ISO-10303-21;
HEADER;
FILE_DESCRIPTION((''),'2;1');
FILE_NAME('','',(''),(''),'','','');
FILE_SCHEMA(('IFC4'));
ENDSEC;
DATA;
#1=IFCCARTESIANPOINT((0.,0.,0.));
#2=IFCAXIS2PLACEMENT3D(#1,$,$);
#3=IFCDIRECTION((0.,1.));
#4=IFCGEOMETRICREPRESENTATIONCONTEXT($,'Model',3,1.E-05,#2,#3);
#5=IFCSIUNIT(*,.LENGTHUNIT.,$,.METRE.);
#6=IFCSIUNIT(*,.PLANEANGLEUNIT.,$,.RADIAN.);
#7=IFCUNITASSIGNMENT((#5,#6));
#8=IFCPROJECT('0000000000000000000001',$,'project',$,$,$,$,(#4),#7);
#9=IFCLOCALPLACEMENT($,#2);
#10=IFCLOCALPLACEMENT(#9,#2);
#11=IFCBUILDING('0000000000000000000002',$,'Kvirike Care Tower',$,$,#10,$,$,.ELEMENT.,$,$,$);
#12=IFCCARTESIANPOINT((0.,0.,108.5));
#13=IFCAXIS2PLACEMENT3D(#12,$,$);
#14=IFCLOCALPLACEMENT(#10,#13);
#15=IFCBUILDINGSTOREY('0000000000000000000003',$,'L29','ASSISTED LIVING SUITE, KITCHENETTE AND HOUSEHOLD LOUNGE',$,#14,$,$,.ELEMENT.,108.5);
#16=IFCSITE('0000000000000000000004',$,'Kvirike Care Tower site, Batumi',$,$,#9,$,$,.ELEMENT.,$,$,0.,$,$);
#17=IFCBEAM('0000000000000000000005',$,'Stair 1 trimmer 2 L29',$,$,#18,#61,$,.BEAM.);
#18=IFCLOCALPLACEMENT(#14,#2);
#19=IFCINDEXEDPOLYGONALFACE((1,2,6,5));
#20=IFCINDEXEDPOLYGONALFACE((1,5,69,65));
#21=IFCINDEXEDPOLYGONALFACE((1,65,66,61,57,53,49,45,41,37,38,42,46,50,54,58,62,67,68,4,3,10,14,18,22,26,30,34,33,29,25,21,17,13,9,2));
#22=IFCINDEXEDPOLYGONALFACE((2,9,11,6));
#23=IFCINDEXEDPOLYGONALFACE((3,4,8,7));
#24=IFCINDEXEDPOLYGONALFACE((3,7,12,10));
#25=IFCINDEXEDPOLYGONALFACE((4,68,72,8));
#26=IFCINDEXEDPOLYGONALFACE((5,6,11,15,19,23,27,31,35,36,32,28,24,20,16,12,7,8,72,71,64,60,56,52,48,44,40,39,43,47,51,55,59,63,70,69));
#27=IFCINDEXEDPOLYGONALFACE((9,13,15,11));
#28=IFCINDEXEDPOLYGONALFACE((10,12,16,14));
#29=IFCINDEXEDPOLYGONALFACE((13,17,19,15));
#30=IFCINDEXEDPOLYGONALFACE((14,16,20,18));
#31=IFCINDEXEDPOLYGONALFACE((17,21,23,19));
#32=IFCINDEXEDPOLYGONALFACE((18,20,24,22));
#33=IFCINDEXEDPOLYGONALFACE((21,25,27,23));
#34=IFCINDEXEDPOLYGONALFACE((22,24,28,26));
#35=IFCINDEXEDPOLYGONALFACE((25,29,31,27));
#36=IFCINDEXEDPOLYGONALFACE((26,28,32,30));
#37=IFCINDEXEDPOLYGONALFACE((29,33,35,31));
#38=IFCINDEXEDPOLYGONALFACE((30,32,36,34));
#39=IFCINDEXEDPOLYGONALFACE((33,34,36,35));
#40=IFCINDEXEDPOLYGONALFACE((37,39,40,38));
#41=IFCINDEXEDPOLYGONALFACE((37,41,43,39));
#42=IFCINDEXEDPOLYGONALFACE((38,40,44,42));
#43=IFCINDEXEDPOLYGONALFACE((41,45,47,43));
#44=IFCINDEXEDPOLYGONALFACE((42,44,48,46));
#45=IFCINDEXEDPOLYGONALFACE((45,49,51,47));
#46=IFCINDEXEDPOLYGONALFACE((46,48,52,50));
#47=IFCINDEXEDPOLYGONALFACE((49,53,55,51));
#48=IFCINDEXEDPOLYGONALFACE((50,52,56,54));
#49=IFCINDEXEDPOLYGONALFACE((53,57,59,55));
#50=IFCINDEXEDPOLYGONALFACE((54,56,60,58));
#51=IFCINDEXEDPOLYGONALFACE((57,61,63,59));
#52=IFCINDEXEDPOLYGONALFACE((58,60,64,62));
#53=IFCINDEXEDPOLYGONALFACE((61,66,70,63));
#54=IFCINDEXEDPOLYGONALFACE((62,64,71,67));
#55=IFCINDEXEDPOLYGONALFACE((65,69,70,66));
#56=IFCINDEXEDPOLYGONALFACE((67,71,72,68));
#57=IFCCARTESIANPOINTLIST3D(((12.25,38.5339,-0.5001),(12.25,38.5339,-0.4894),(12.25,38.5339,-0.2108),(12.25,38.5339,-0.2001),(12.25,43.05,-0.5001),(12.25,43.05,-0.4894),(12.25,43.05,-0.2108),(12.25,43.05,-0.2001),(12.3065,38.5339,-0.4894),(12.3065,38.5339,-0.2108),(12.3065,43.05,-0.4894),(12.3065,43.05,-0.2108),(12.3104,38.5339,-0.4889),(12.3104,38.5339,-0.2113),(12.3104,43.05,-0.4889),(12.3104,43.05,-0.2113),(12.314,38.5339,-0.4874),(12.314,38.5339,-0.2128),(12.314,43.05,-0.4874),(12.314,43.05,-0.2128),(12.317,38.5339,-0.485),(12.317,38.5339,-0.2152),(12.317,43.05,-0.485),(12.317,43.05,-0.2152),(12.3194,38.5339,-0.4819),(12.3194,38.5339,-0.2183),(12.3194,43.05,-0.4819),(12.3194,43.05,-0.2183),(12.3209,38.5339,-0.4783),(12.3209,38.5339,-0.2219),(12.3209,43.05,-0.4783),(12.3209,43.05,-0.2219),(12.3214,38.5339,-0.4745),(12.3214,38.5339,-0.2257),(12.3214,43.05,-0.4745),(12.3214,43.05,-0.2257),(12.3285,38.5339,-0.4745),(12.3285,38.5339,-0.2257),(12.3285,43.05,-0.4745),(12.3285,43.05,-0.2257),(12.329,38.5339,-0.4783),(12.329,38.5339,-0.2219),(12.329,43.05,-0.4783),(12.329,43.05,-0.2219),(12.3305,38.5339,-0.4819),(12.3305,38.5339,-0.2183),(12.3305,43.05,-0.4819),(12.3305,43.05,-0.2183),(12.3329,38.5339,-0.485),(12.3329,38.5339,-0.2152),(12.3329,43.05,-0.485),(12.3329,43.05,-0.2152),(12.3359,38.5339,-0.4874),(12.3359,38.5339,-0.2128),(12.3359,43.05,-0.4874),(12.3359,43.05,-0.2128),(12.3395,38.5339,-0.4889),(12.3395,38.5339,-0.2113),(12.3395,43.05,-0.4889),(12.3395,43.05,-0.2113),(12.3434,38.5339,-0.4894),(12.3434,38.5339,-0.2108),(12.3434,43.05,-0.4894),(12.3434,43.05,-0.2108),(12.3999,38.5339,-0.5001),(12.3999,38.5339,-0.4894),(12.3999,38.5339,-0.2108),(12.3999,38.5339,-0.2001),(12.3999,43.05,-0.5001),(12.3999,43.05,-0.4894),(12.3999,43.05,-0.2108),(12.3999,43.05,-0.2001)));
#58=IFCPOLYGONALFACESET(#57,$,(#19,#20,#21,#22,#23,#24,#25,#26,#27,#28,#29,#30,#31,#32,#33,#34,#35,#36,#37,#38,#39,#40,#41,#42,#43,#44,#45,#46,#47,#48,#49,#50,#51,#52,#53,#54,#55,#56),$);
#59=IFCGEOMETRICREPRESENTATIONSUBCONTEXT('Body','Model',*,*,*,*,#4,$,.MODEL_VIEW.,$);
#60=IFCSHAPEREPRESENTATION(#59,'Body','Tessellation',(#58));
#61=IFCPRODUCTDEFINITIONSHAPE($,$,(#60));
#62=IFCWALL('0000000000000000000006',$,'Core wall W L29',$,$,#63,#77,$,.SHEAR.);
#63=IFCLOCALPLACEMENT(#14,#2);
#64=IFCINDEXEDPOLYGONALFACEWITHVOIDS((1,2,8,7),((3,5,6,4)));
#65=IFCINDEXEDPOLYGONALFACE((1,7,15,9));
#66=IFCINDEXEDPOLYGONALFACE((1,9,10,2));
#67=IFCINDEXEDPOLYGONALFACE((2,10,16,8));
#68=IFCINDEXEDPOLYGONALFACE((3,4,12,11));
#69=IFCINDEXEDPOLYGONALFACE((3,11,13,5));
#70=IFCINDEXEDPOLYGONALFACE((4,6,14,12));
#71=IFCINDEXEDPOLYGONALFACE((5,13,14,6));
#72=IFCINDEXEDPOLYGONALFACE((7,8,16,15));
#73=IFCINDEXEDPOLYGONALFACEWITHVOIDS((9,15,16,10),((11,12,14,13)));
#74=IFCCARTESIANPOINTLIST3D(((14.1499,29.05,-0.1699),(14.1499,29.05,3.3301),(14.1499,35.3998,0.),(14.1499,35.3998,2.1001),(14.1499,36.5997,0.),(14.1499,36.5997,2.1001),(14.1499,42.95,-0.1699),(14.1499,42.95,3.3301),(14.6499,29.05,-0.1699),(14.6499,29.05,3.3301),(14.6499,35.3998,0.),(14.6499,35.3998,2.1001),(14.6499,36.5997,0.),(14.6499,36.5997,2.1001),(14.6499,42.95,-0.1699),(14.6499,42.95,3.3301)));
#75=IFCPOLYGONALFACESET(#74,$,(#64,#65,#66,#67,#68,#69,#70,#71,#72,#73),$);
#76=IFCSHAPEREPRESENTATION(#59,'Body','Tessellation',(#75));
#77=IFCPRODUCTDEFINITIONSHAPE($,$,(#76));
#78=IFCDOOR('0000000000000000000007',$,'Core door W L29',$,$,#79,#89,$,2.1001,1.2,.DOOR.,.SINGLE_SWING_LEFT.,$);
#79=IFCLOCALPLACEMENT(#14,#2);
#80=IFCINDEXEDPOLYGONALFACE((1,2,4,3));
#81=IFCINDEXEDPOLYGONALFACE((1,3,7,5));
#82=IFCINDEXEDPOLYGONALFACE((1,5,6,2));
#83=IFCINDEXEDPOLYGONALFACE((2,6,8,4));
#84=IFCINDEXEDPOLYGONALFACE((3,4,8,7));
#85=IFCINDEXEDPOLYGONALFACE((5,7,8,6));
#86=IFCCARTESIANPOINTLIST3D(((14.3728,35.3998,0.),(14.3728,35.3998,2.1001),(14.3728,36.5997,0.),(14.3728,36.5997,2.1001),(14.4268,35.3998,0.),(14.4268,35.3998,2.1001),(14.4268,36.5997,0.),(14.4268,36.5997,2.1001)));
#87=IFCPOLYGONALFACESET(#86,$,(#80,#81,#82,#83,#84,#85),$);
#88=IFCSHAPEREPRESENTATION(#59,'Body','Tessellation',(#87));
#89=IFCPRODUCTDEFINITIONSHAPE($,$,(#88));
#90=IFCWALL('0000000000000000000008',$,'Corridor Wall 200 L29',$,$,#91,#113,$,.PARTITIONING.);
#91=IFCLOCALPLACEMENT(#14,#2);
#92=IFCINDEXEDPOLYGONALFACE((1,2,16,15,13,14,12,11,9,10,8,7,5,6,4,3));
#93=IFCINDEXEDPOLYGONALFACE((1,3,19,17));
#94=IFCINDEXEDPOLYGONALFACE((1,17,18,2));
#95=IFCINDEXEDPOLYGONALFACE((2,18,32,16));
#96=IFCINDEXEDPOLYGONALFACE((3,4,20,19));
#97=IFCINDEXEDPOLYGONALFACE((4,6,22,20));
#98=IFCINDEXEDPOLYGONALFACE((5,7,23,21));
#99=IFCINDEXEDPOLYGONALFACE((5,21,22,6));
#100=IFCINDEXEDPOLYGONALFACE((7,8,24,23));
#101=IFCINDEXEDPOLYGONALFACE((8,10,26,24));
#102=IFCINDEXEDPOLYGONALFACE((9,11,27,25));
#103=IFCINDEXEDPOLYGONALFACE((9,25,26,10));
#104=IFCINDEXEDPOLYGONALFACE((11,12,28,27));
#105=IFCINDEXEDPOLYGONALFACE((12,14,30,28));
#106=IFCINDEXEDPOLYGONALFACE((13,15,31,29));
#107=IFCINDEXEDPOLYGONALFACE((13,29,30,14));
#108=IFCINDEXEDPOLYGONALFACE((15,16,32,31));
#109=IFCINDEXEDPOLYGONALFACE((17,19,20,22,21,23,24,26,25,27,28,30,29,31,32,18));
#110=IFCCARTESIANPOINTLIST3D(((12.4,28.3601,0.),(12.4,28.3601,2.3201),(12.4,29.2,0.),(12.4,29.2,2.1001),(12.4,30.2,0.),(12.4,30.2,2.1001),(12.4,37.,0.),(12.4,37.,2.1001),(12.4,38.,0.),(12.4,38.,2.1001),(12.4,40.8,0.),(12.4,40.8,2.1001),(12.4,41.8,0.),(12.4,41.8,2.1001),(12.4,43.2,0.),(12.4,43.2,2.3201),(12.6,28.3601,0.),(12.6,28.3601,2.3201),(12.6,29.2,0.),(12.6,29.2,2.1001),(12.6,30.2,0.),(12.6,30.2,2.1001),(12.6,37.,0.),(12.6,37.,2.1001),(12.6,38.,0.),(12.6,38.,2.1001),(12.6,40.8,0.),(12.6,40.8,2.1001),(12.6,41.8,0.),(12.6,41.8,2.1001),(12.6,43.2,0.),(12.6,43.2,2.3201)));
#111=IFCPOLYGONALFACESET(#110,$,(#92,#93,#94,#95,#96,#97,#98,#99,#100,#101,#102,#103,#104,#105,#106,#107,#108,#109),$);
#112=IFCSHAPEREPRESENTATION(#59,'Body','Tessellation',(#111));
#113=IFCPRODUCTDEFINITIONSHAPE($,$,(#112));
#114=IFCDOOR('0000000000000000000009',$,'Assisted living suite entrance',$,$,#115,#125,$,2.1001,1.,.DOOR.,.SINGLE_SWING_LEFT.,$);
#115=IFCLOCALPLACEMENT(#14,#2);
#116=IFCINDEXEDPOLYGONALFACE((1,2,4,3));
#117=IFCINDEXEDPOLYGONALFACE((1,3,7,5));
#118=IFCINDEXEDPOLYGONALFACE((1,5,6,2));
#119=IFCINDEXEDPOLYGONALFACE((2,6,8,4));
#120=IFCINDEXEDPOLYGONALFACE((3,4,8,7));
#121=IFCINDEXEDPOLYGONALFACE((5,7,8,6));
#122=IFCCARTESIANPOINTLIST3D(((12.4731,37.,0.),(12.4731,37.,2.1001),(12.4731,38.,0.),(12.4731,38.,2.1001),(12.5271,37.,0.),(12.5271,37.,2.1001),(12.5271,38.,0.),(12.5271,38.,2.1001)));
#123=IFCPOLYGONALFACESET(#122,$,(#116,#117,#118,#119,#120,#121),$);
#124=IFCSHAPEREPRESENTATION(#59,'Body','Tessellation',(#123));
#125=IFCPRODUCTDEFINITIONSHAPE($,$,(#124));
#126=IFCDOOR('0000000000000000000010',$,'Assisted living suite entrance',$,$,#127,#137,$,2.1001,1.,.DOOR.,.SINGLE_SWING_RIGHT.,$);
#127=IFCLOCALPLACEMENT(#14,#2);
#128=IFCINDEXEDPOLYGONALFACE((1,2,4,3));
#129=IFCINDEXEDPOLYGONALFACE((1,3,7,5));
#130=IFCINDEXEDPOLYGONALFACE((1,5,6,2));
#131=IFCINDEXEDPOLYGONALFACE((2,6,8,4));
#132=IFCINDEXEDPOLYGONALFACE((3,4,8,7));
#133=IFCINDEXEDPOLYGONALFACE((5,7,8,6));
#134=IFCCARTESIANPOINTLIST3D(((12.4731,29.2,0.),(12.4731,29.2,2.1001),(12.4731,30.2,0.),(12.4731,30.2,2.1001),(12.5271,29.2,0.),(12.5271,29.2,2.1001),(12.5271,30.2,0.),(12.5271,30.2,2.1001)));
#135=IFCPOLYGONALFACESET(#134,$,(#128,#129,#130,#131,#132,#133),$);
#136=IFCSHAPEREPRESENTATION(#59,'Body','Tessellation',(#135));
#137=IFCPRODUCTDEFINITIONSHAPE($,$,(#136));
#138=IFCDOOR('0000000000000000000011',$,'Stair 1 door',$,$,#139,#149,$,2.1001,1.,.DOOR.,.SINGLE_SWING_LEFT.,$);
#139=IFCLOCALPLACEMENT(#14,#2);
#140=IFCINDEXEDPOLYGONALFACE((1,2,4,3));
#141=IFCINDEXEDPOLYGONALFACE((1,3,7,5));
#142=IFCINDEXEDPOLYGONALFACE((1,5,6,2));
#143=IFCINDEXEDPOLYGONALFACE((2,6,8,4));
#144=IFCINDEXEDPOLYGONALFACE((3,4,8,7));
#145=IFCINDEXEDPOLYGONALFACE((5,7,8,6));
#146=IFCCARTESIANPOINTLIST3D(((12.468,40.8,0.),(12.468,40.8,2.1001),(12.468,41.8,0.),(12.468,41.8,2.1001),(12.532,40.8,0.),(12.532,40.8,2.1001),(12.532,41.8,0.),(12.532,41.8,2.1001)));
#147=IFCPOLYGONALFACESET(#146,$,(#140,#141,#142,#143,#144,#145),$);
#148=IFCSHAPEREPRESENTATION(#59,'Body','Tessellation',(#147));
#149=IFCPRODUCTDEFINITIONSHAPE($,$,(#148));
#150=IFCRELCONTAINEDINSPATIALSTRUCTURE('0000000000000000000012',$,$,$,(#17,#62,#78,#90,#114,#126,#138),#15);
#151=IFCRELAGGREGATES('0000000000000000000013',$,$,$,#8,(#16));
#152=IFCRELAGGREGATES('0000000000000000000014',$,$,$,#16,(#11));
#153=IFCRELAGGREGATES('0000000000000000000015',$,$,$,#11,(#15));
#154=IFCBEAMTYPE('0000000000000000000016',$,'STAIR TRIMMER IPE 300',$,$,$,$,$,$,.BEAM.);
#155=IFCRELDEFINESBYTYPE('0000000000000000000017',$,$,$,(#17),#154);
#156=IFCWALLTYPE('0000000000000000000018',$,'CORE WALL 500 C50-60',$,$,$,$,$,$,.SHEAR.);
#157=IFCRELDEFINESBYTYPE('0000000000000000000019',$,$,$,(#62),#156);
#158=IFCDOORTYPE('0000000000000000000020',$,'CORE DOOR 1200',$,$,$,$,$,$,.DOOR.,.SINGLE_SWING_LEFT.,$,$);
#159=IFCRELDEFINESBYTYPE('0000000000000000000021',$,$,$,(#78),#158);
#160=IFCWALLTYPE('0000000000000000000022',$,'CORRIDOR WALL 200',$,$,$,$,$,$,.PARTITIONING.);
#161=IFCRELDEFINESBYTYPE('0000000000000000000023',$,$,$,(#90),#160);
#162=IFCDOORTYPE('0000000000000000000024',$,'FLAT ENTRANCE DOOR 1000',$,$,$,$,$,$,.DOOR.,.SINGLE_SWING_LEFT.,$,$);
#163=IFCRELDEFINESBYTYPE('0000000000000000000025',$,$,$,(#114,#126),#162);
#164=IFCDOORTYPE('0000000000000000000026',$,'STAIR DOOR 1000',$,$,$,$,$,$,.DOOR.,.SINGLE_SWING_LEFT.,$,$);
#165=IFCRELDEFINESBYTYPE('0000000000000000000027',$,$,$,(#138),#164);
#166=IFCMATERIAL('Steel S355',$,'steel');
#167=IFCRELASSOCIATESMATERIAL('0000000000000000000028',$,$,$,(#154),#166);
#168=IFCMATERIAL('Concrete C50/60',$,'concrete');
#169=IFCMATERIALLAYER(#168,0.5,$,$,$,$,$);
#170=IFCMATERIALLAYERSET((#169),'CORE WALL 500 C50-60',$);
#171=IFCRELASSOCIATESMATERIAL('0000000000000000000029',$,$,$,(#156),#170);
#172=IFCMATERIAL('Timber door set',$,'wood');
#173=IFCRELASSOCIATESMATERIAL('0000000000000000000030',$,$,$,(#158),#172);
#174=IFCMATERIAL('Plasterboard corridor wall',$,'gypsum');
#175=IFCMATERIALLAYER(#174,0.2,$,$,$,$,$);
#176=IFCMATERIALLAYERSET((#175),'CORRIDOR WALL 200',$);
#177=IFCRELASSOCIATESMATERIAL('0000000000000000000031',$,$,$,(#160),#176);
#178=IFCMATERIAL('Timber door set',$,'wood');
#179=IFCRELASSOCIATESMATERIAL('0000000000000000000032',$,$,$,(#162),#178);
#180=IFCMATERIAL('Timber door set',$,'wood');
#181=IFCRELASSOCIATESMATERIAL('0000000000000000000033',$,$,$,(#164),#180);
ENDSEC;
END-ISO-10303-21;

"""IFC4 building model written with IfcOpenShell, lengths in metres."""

from ifc_helpers import new_model, si_unit, direction, frame, frame_2d, origin, origin_2d, place, context, subcontext, project, spatial, rectangle, i_section, extrude, material, layer, layer_set, material_profile, profile_set, type_object, element, fill, save


model = new_model("IFC4")

# Units and contexts
model_context = context("Model", 3, precision=1e-05, world=origin(), true_north=direction((0.0, 1.0)))
body_context = subcontext(model_context, "Body", "Model", "MODEL_VIEW")
ifc_project = project(units=[si_unit("LENGTHUNIT", "METRE"), si_unit("PLANEANGLEUNIT", "RADIAN")], contexts=[model_context])

# Site, building, storey
site_placement = place(None, origin())
site = spatial("IfcSite", under=ifc_project, at=site_placement, Name="Kvirike Care Tower site, Batumi", CompositionType="ELEMENT", RefElevation=0.0)
building_placement = place(site_placement, origin())
building = spatial("IfcBuilding", under=site, at=building_placement, Name="Kvirike Care Tower", CompositionType="ELEMENT")
storey_placement = place(building_placement, frame((0.0, 0.0, 108.5)))
storey = spatial("IfcBuildingStorey", under=building, at=storey_placement, Name="L29", Description="ASSISTED LIVING SUITE, KITCHENETTE AND HOUSEHOLD LOUNGE", CompositionType="ELEMENT", Elevation=108.5)

# Beam
ifc_material_1 = material(Name="Steel S355", Category="steel")
ifc_material_profile_1 = material_profile(ifc_material_1, i_section(OverallWidth=0.1499, OverallDepth=0.3, WebThickness=0.0071, FlangeThickness=0.0107, FilletRadius=0.0149, at=origin_2d()), Name="IPE 300")
ifc_profile_set_1 = profile_set([ifc_material_profile_1], Name="Steel S355")
beam_type_1 = type_object("IfcBeamType", Name="STAIR TRIMMER IPE 300", PredefinedType="BEAM", material=ifc_profile_set_1)
for number, where, z_axis, x_axis, name in (
    (1, (12.325, 43.05, -0.3501), (0.0, -1.0, 0.0), (1.0, 0.0, 0.0), "Stair 1 trimmer 2 L29"),
):
    element("IfcBeam", number, at=place(storey_placement, frame(where, z_axis=z_axis, x_axis=x_axis)), inside=storey, type_object=beam_type_1, Name=name, PredefinedType="BEAM", context=body_context, shape_type="SweptSolid", body=[
        extrude(i_section(OverallWidth=0.1499, OverallDepth=0.3, WebThickness=0.0071, FlangeThickness=0.0107, FilletRadius=0.0149, at=origin_2d()), origin(), (0.0, 0.0, 1.0), 4.5161),
    ])

# Wall, opening, door
ifc_material_2 = material(Name="Concrete C50/60", Category="concrete")
ifc_layer_1 = layer(ifc_material_2, 0.5)
ifc_layer_set_1 = layer_set([ifc_layer_1], Name="CORE WALL 500 C50-60")
wall_type_1 = type_object("IfcWallType", Name="CORE WALL 500 C50-60", PredefinedType="SHEAR", material=ifc_layer_set_1)
wall_1_placement = place(storey_placement, frame((14.3999, 42.95, -0.1699), z_axis=(0.0, 0.0, 1.0), x_axis=(0.0, -1.0, 0.0)))
wall_1 = element("IfcWall", 2, at=wall_1_placement, inside=storey, type_object=wall_type_1, Name="Core wall W L29", PredefinedType="SHEAR", context=body_context, shape_type="SweptSolid", body=[
    extrude(rectangle(XDim=13.8999, YDim=0.5, at=frame_2d((6.95, 0.0))), origin(), (0.0, 0.0, 1.0), 3.5),
])
opening_1_placement = place(wall_1_placement, frame((6.3501, 0.0, 0.1699)))
opening_1 = element("IfcOpeningElement", 3, at=opening_1_placement, cuts=wall_1, PredefinedType="OPENING", context=body_context, shape_type="SweptSolid", body=[
    extrude(rectangle(XDim=1.2, YDim=2.1001, at=frame_2d((0.6001, 1.05))), frame((0.0, 0.2605, 0.0), z_axis=(0.0, -1.0, 0.0), x_axis=(1.0, 0.0, 0.0)), (0.0, 0.0, 1.0), 0.521),
])
ifc_material_3 = material(Name="Timber door set", Category="wood")
door_type_1 = type_object("IfcDoorType", Name="CORE DOOR 1200", OperationType="SINGLE_SWING_LEFT", PredefinedType="DOOR", material=ifc_material_3)
door_1_placement = place(opening_1_placement, origin())
door_1 = element("IfcDoor", 4, at=door_1_placement, inside=storey, type_object=door_type_1, Name="Core door W L29", OperationType="SINGLE_SWING_LEFT", OverallHeight=2.1001, OverallWidth=1.2, PredefinedType="DOOR", context=body_context, shape_type="SweptSolid", body=[
    extrude(rectangle(XDim=1.2, YDim=2.1001, at=frame_2d((0.6001, 1.05))), frame((0.0, 0.0269, 0.0), z_axis=(0.0, -1.0, 0.0), x_axis=(1.0, 0.0, 0.0)), (0.0, 0.0, 1.0), 0.054),
])
fill(opening_1, door_1)

# Wall, openings, doors
ifc_material_4 = material(Name="Plasterboard corridor wall", Category="gypsum")
ifc_layer_2 = layer(ifc_material_4, 0.2)
ifc_layer_set_2 = layer_set([ifc_layer_2], Name="CORRIDOR WALL 200")
wall_type_2 = type_object("IfcWallType", Name="CORRIDOR WALL 200", PredefinedType="PARTITIONING", material=ifc_layer_set_2)
wall_2_placement = place(storey_placement, frame((12.5, 43.2, 0.0), z_axis=(0.0, 0.0, 1.0), x_axis=(0.0, -1.0, 0.0)))
wall_2 = element("IfcWall", 5, at=wall_2_placement, inside=storey, type_object=wall_type_2, Name="Corridor Wall 200 L29", PredefinedType="PARTITIONING", context=body_context, shape_type="SweptSolid", body=[
    extrude(rectangle(XDim=14.8398, YDim=0.2, at=frame_2d((7.4199, 0.0))), origin(), (0.0, 0.0, 1.0), 2.3201),
])
opening_2_placement = place(wall_2_placement, frame((1.3999, 0.0, 0.0)))
opening_2 = element("IfcOpeningElement", 6, at=opening_2_placement, cuts=wall_2, PredefinedType="OPENING", context=body_context, shape_type="SweptSolid", body=[
    extrude(rectangle(XDim=1.0, YDim=2.1001, at=frame_2d((0.5, 1.05))), frame((0.0, 0.1106, 0.0), z_axis=(0.0, -1.0, 0.0), x_axis=(1.0, 0.0, 0.0)), (0.0, 0.0, 1.0), 0.2209),
])
opening_3_placement = place(wall_2_placement, frame((5.2, 0.0, 0.0)))
opening_3 = element("IfcOpeningElement", 7, at=opening_3_placement, cuts=wall_2, PredefinedType="OPENING", context=body_context, shape_type="SweptSolid", body=[
    extrude(rectangle(XDim=1.0, YDim=2.1001, at=frame_2d((0.5, 1.05))), frame((0.0, 0.1106, 0.0), z_axis=(0.0, -1.0, 0.0), x_axis=(1.0, 0.0, 0.0)), (0.0, 0.0, 1.0), 0.2209),
])
opening_4_placement = place(wall_2_placement, frame((13.0, 0.0, 0.0)))
opening_4 = element("IfcOpeningElement", 8, at=opening_4_placement, cuts=wall_2, PredefinedType="OPENING", context=body_context, shape_type="SweptSolid", body=[
    extrude(rectangle(XDim=1.0, YDim=2.1001, at=frame_2d((0.5, 1.05))), frame((0.0, 0.1106, 0.0), z_axis=(0.0, -1.0, 0.0), x_axis=(1.0, 0.0, 0.0)), (0.0, 0.0, 1.0), 0.2209),
])
ifc_material_5 = material(Name="Timber door set", Category="wood")
door_type_2 = type_object("IfcDoorType", Name="FLAT ENTRANCE DOOR 1000", OperationType="SINGLE_SWING_LEFT", PredefinedType="DOOR", material=ifc_material_5)
door_2_placement = place(opening_3_placement, frame((1.0, 0.0, 0.0), z_axis=(0.0, 0.0, 1.0), x_axis=(-1.0, 0.0, 0.0)))
door_2 = element("IfcDoor", 9, at=door_2_placement, inside=storey, type_object=door_type_2, Name="Assisted living suite entrance", OperationType="SINGLE_SWING_LEFT", OverallHeight=2.1001, OverallWidth=1.0, PredefinedType="DOOR", context=body_context, shape_type="SweptSolid", body=[
    extrude(rectangle(XDim=1.0, YDim=2.1001, at=frame_2d((0.5, 1.05))), frame((0.0, 0.0269, 0.0), z_axis=(0.0, -1.0, 0.0), x_axis=(1.0, 0.0, 0.0)), (0.0, 0.0, 1.0), 0.054),
])
fill(opening_3, door_2)
door_3_placement = place(opening_4_placement, frame((1.0, 0.0, 0.0), z_axis=(0.0, 0.0, 1.0), x_axis=(-1.0, 0.0, 0.0)))
door_3 = element("IfcDoor", 10, at=door_3_placement, inside=storey, type_object=door_type_2, Name="Assisted living suite entrance", OperationType="SINGLE_SWING_RIGHT", OverallHeight=2.1001, OverallWidth=1.0, PredefinedType="DOOR", context=body_context, shape_type="SweptSolid", body=[
    extrude(rectangle(XDim=1.0, YDim=2.1001, at=frame_2d((0.5, 1.05))), frame((0.0, 0.0269, 0.0), z_axis=(0.0, -1.0, 0.0), x_axis=(1.0, 0.0, 0.0)), (0.0, 0.0, 1.0), 0.054),
])
fill(opening_4, door_3)
ifc_material_6 = material(Name="Timber door set", Category="wood")
door_type_3 = type_object("IfcDoorType", Name="STAIR DOOR 1000", OperationType="SINGLE_SWING_LEFT", PredefinedType="DOOR", material=ifc_material_6)
door_4_placement = place(opening_2_placement, frame((1.0, 0.0, 0.0), z_axis=(0.0, 0.0, 1.0), x_axis=(-1.0, 0.0, 0.0)))
door_4 = element("IfcDoor", 11, at=door_4_placement, inside=storey, type_object=door_type_3, Name="Stair 1 door", OperationType="SINGLE_SWING_LEFT", OverallHeight=2.1001, OverallWidth=1.0, PredefinedType="DOOR", context=body_context, shape_type="SweptSolid", body=[
    extrude(rectangle(XDim=1.0, YDim=2.1001, at=frame_2d((0.5, 1.05))), frame((0.0, 0.032, 0.0), z_axis=(0.0, -1.0, 0.0), x_axis=(1.0, 0.0, 0.0)), (0.0, 0.0, 1.0), 0.064),
])
fill(opening_2, door_4)

save(model, "model.ifc")
